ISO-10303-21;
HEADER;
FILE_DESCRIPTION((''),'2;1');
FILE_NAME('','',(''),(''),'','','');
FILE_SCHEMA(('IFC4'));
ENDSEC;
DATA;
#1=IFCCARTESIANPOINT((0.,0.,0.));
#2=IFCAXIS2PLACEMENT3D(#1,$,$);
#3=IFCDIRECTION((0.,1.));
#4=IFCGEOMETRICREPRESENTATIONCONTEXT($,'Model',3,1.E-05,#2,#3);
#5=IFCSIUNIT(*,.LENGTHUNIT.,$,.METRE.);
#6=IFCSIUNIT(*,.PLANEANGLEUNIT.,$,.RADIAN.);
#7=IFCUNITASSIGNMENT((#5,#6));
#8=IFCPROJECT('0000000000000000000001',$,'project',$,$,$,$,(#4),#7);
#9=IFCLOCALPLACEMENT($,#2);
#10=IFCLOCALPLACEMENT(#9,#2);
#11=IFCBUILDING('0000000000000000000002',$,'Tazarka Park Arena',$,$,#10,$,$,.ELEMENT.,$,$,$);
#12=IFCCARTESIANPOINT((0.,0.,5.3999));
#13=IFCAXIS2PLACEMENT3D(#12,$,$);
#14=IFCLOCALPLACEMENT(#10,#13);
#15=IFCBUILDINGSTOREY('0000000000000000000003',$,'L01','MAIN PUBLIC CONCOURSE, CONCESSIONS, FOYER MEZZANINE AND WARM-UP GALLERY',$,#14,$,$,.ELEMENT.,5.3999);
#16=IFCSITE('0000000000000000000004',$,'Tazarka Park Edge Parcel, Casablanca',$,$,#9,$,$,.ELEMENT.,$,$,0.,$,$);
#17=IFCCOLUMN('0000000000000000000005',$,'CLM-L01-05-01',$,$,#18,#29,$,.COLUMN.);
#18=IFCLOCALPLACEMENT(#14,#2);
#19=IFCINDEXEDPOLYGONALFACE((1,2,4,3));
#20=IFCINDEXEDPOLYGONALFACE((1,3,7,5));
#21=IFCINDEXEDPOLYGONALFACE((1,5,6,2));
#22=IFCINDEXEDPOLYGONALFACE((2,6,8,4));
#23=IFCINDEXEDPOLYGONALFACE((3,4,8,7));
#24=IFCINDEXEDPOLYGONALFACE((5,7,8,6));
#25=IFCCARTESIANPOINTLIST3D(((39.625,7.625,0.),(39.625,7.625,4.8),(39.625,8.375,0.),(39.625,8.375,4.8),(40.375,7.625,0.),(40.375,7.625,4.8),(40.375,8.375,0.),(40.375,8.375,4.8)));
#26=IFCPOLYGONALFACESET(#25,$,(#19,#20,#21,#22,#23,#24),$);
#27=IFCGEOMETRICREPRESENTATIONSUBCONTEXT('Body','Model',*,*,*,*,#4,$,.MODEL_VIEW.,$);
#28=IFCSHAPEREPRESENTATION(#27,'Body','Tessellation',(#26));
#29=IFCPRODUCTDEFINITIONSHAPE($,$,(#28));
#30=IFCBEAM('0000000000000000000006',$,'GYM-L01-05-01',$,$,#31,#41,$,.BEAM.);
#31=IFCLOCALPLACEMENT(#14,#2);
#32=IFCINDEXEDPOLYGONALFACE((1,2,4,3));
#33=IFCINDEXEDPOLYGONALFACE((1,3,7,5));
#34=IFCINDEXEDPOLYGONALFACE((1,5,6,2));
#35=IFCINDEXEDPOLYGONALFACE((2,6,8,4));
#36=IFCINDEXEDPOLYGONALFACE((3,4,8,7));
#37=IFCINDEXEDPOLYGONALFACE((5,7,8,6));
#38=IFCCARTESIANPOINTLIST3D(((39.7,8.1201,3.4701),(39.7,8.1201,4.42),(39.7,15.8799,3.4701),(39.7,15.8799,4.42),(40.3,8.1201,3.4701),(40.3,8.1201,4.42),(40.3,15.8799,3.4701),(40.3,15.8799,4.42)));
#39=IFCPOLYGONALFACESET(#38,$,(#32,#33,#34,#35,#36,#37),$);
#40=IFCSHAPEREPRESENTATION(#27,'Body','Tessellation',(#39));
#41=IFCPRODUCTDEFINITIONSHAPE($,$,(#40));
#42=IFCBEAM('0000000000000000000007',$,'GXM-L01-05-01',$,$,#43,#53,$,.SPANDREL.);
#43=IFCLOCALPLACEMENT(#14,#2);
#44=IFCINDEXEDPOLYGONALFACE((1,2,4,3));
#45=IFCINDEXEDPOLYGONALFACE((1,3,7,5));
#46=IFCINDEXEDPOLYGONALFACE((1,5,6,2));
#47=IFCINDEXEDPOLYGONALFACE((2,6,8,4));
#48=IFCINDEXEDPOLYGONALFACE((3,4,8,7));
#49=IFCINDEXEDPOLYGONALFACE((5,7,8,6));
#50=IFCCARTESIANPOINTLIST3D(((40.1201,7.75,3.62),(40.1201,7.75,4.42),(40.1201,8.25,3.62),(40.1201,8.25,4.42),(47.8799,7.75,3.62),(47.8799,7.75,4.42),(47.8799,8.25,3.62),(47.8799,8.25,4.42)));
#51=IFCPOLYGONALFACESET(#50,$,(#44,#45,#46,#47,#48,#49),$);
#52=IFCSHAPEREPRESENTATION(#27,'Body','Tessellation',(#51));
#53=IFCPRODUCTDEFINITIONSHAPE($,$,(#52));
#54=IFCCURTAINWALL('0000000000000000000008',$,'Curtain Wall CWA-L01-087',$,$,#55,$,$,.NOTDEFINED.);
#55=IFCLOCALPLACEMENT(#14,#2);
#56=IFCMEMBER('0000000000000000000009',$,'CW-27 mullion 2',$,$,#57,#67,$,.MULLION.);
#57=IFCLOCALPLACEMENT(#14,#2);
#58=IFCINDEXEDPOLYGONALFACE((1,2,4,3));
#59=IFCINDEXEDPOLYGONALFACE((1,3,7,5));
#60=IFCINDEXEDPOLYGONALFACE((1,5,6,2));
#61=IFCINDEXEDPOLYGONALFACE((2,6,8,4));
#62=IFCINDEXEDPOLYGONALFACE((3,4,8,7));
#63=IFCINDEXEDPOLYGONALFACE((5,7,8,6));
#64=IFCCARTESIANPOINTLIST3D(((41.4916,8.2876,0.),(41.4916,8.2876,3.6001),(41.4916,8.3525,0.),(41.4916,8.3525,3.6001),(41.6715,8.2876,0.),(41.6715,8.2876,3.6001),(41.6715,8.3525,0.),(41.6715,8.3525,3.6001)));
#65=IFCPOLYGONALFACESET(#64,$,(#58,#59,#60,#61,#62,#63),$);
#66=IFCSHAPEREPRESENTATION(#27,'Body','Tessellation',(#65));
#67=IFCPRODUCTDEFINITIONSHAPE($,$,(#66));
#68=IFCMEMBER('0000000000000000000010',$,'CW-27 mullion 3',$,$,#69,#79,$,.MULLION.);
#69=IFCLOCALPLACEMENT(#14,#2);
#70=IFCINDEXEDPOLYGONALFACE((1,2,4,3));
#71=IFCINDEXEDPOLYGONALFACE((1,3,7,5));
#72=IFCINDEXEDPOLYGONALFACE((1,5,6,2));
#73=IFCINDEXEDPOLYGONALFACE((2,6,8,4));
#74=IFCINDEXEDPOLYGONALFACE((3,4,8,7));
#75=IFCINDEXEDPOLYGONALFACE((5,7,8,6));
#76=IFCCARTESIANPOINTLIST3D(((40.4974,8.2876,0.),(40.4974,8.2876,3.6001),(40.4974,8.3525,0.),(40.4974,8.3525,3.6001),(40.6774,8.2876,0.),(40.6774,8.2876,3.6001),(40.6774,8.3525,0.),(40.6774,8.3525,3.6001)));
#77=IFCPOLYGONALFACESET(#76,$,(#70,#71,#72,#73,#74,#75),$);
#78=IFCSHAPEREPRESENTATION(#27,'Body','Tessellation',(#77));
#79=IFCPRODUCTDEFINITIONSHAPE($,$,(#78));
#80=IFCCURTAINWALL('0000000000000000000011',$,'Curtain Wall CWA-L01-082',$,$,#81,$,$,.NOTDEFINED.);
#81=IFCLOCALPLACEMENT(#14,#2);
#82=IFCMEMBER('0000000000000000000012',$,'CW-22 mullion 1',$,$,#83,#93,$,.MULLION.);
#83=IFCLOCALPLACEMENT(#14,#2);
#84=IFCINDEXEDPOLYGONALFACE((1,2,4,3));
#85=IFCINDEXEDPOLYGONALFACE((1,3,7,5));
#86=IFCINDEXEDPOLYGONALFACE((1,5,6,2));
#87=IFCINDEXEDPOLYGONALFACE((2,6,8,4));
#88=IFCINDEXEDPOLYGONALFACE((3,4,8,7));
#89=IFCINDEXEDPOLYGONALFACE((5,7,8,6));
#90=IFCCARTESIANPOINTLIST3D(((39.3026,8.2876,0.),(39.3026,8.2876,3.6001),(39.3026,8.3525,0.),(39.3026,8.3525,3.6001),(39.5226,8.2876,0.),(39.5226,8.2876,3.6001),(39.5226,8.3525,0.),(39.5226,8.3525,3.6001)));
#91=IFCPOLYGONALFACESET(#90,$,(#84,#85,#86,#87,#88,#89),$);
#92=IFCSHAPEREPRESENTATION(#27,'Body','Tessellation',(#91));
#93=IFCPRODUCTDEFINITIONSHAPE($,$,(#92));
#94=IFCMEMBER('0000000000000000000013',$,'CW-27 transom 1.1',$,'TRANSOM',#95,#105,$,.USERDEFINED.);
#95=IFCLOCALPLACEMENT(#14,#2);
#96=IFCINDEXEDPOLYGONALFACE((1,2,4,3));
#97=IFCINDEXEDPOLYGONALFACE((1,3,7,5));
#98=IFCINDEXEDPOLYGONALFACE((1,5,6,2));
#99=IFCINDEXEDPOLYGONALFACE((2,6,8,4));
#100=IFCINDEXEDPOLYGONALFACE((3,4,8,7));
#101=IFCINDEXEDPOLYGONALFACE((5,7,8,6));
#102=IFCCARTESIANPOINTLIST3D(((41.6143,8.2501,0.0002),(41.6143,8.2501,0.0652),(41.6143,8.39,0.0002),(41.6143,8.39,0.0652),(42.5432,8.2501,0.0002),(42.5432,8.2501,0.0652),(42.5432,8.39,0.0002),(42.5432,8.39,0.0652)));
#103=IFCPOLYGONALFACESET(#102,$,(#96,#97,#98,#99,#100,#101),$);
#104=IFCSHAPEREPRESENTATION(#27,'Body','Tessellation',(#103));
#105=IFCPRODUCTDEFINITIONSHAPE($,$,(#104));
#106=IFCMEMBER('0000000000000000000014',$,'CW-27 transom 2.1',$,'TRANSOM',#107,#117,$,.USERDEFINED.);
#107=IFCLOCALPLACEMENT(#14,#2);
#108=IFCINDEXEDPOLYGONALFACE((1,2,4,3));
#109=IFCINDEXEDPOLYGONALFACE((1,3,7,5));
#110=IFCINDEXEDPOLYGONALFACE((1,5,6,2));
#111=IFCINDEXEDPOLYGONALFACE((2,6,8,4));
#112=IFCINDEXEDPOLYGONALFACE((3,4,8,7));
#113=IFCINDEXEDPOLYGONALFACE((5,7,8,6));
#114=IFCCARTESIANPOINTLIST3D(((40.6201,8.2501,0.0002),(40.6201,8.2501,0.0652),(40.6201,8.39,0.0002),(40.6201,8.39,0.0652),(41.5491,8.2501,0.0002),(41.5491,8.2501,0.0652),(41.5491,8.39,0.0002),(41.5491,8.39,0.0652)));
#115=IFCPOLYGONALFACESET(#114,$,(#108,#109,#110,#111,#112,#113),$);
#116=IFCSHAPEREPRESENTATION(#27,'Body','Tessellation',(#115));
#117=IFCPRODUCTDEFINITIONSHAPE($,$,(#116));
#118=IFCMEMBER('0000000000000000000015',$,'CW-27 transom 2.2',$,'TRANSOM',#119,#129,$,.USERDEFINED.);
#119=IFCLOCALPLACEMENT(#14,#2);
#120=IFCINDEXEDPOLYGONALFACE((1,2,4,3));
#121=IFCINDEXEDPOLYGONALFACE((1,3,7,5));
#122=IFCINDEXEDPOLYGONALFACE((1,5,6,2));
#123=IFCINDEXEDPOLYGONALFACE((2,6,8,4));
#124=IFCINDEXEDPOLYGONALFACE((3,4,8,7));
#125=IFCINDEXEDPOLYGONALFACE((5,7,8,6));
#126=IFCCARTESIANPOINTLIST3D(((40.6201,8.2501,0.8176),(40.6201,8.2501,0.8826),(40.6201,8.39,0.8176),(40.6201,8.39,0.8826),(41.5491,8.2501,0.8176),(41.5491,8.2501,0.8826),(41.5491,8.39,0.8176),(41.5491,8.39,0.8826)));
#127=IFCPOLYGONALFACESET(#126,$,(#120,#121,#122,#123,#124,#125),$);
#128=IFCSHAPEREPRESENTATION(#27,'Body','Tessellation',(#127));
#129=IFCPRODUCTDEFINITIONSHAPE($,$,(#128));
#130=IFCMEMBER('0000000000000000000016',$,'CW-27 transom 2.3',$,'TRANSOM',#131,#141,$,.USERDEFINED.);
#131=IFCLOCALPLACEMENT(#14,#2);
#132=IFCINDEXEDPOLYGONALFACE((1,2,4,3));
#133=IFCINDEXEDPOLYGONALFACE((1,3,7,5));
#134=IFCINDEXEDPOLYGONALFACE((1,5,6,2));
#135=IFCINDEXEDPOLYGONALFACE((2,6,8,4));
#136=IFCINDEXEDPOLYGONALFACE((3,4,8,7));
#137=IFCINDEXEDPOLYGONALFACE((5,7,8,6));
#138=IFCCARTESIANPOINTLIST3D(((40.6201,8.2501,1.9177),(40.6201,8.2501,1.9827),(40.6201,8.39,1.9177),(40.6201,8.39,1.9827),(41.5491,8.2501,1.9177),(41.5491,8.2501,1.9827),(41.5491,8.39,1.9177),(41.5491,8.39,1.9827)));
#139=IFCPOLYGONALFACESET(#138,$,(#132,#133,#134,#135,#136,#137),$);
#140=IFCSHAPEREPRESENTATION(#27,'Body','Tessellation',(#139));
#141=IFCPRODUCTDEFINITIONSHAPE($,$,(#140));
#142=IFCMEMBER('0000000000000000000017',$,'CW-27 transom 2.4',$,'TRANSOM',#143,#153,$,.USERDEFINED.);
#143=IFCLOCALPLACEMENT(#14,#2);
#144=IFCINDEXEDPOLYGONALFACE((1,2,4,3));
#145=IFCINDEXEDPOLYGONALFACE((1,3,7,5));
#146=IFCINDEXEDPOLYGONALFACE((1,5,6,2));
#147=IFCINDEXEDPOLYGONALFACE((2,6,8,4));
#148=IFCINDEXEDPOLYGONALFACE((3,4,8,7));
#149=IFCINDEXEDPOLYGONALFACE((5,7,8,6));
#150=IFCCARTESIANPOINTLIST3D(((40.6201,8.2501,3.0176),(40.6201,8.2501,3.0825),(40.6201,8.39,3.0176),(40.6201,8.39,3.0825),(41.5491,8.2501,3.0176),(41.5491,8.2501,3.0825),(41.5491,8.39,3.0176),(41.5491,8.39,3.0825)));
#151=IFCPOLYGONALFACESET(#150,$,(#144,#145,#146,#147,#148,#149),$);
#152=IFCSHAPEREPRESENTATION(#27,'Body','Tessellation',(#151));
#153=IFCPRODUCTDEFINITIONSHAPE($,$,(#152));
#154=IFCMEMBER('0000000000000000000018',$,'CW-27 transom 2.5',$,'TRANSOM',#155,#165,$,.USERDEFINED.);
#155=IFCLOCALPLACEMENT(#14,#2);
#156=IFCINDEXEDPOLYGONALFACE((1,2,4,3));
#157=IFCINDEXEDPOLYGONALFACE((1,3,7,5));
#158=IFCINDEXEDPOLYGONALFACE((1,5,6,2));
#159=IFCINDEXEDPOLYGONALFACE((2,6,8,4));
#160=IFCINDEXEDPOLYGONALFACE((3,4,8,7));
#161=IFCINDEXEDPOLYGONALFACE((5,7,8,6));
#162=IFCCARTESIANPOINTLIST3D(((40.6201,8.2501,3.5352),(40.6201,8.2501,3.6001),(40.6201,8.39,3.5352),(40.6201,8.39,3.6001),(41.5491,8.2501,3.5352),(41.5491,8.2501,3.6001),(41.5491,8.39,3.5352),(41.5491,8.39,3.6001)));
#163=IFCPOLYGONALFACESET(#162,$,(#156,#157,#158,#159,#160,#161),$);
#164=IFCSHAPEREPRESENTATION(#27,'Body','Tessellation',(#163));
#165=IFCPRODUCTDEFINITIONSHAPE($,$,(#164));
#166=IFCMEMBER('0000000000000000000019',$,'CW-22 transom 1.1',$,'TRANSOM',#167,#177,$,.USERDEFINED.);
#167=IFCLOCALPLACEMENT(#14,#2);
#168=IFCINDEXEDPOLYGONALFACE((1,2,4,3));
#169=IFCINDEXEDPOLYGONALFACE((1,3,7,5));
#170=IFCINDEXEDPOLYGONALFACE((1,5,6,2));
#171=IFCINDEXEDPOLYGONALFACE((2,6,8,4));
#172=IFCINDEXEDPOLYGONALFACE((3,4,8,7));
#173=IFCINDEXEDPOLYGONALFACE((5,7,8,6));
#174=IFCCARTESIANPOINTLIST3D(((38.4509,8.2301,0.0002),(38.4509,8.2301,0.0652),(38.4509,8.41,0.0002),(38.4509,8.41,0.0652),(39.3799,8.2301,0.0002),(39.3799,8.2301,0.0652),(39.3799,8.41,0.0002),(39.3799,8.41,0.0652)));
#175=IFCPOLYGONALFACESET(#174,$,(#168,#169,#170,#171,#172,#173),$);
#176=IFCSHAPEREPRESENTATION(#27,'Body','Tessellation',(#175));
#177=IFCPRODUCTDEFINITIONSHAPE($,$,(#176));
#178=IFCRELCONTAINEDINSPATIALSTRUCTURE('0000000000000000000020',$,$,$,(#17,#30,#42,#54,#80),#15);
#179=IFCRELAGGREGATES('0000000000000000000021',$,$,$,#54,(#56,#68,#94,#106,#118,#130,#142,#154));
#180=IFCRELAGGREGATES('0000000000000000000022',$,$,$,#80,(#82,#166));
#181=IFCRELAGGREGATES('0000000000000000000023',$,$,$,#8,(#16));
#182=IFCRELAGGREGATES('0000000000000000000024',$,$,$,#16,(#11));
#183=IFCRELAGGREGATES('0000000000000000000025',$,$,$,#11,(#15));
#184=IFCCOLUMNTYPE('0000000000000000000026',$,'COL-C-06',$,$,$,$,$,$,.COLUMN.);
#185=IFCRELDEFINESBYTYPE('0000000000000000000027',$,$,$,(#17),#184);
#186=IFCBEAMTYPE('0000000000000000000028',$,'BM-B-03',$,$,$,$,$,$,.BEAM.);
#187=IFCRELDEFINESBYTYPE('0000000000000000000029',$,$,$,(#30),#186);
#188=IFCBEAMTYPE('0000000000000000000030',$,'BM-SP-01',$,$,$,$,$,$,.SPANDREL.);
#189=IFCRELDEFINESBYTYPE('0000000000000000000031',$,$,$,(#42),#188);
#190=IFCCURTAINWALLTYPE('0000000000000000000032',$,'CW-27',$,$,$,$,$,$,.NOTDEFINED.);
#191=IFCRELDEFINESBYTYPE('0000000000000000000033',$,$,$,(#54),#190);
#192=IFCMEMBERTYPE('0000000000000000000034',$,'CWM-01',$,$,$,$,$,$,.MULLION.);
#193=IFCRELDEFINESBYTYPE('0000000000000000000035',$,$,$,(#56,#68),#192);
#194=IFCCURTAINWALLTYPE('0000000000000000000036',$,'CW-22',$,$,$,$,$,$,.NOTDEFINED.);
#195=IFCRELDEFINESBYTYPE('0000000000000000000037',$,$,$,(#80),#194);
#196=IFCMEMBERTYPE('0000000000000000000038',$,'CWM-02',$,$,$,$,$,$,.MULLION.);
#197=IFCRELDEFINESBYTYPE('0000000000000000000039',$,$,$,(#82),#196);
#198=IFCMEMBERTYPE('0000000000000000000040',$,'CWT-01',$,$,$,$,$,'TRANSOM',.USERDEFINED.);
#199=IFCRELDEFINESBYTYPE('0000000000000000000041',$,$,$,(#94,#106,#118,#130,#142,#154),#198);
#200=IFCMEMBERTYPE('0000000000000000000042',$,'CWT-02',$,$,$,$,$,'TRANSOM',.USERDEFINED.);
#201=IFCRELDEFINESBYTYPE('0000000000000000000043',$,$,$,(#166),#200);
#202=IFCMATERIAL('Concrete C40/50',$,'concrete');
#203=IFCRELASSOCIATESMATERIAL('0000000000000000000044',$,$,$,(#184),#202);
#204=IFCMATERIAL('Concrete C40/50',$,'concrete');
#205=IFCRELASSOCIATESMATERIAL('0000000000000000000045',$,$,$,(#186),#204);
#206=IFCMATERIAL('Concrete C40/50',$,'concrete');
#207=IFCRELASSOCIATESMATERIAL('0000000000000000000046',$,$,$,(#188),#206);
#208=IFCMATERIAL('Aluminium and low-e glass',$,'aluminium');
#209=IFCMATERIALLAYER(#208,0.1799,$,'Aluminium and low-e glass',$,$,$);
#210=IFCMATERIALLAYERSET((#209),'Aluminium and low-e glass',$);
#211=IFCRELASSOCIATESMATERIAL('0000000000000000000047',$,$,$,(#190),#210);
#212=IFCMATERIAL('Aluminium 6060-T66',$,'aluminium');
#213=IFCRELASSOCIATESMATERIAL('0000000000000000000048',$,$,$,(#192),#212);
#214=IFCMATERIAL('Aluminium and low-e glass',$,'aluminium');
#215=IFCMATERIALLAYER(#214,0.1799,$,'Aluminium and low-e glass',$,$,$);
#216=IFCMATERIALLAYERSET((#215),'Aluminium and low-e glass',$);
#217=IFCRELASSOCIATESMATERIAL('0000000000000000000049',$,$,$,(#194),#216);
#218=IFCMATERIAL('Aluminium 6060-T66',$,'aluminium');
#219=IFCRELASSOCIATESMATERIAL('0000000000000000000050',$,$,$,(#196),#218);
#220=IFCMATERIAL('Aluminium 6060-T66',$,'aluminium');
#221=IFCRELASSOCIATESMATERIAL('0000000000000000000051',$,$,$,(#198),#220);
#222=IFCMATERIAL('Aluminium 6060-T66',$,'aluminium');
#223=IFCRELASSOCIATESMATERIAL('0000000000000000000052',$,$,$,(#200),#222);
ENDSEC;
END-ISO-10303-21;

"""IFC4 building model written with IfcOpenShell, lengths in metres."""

from ifc_helpers import new_model, si_unit, direction, frame, origin, origin_2d, place, context, subcontext, project, spatial, rectangle, extrude, material, layer, layer_set, material_profile, profile_set, type_object, element, aggregate, save


model = new_model("IFC4")

# Units and contexts
model_context = context("Model", 3, precision=1e-05, world=origin(), true_north=direction((0.0, 1.0)))
body_context = subcontext(model_context, "Body", "Model", "MODEL_VIEW")
ifc_project = project(units=[si_unit("LENGTHUNIT", "METRE"), si_unit("PLANEANGLEUNIT", "RADIAN")], contexts=[model_context])

# Site, building, storey
site_placement = place(None, origin())
site = spatial("IfcSite", under=ifc_project, at=site_placement, Name="Tazarka Park Edge Parcel, Casablanca", CompositionType="ELEMENT", RefElevation=0.0)
building_placement = place(site_placement, origin())
building = spatial("IfcBuilding", under=site, at=building_placement, Name="Tazarka Park Arena", CompositionType="ELEMENT")
storey_placement = place(building_placement, frame((0.0, 0.0, 5.3999)))
storey = spatial("IfcBuildingStorey", under=building, at=storey_placement, Name="L01", Description="MAIN PUBLIC CONCOURSE, CONCESSIONS, FOYER MEZZANINE AND WARM-UP GALLERY", CompositionType="ELEMENT", Elevation=5.3999)

# Column
ifc_material_1 = material(Name="Concrete C40/50", Category="concrete")
ifc_material_profile_1 = material_profile(ifc_material_1, rectangle(XDim=0.75, YDim=0.75, at=origin_2d()), Name="Concrete C40/50")
ifc_profile_set_1 = profile_set([ifc_material_profile_1], Name="Concrete C40/50")
column_type = type_object("IfcColumnType", Name="COL-C-06", PredefinedType="COLUMN", material=ifc_profile_set_1)
column_placement = place(storey_placement, frame((40.0, 8.0, 0.0), z_axis=(0.0, 0.0, 1.0), x_axis=(1.0, 0.0, 0.0)))
element("IfcColumn", 1, at=column_placement, inside=storey, type_object=column_type, Name="CLM-L01-05-01", PredefinedType="COLUMN", context=body_context, shape_type="SweptSolid", body=[
    extrude(rectangle(XDim=0.75, YDim=0.75, at=origin_2d()), origin(), (0.0, 0.0, 1.0), 4.8),
])

# Beams
ifc_material_2 = material(Name="Concrete C40/50", Category="concrete")
ifc_material_profile_2 = material_profile(ifc_material_2, rectangle(XDim=0.6001, YDim=0.95, at=origin_2d()), Name="Concrete C40/50")
ifc_profile_set_2 = profile_set([ifc_material_profile_2], Name="Concrete C40/50")
beam_type_1 = type_object("IfcBeamType", Name="BM-B-03", PredefinedType="BEAM", material=ifc_profile_set_2)
beam_1_placement = place(storey_placement, frame((40.0, 8.1201, 3.9451), z_axis=(0.0, 1.0, 0.0), x_axis=(-1.0, 0.0, 0.0)))
element("IfcBeam", 2, at=beam_1_placement, inside=storey, type_object=beam_type_1, Name="GYM-L01-05-01", PredefinedType="BEAM", context=body_context, shape_type="SweptSolid", body=[
    extrude(rectangle(XDim=0.6001, YDim=0.95, at=origin_2d()), origin(), (0.0, 0.0, 1.0), 7.7598),
])
ifc_material_3 = material(Name="Concrete C40/50", Category="concrete")
ifc_material_profile_3 = material_profile(ifc_material_3, rectangle(XDim=0.5, YDim=0.8, at=origin_2d()), Name="Concrete C40/50")
ifc_profile_set_3 = profile_set([ifc_material_profile_3], Name="Concrete C40/50")
beam_type_2 = type_object("IfcBeamType", Name="BM-SP-01", PredefinedType="SPANDREL", material=ifc_profile_set_3)
beam_2_placement = place(storey_placement, frame((40.1201, 8.0, 4.02), z_axis=(1.0, 0.0, 0.0), x_axis=(0.0, 1.0, 0.0)))
element("IfcBeam", 3, at=beam_2_placement, inside=storey, type_object=beam_type_2, Name="GXM-L01-05-01", PredefinedType="SPANDREL", context=body_context, shape_type="SweptSolid", body=[
    extrude(rectangle(XDim=0.5, YDim=0.8, at=origin_2d()), origin(), (0.0, 0.0, 1.0), 7.7598),
])

# Curtain wall, members
ifc_material_4 = material(Name="Aluminium and low-e glass", Category="aluminium")
ifc_layer_1 = layer(ifc_material_4, 0.1799, Name="Aluminium and low-e glass")
ifc_layer_set_1 = layer_set([ifc_layer_1], Name="Aluminium and low-e glass")
curtain_wall_type_1 = type_object("IfcCurtainWallType", Name="CW-27", PredefinedType="NOTDEFINED", material=ifc_layer_set_1)
curtain_wall_1_placement = place(storey_placement, origin())
curtain_wall_1 = element("IfcCurtainWall", 4, at=curtain_wall_1_placement, inside=storey, type_object=curtain_wall_type_1, Name="Curtain Wall CWA-L01-087", PredefinedType="NOTDEFINED")
ifc_material_5 = material(Name="Aluminium 6060-T66", Category="aluminium")
ifc_material_profile_4 = material_profile(ifc_material_5, rectangle(XDim=0.0649, YDim=0.1799, at=origin_2d()), Name="Aluminium 6060-T66")
ifc_profile_set_4 = profile_set([ifc_material_profile_4], Name="Aluminium 6060-T66")
member_type_1 = type_object("IfcMemberType", Name="CWM-01", PredefinedType="MULLION", material=ifc_profile_set_4)
member_1_placement = place(storey_placement, frame((41.5815, 8.3201, 0.0), z_axis=(0.0, 0.0, 1.0), x_axis=(0.0, -1.0, 0.0)))
member_1 = element("IfcMember", 5, at=member_1_placement, type_object=member_type_1, Name="CW-27 mullion 2", PredefinedType="MULLION", context=body_context, shape_type="SweptSolid", body=[
    extrude(rectangle(XDim=0.0649, YDim=0.1799, at=origin_2d()), origin(), (0.0, 0.0, 1.0), 3.6001),
])
member_2_placement = place(storey_placement, frame((40.5874, 8.3201, 0.0), z_axis=(0.0, 0.0, 1.0), x_axis=(0.0, -1.0, 0.0)))
member_2 = element("IfcMember", 6, at=member_2_placement, type_object=member_type_1, Name="CW-27 mullion 3", PredefinedType="MULLION", context=body_context, shape_type="SweptSolid", body=[
    extrude(rectangle(XDim=0.0649, YDim=0.1799, at=origin_2d()), origin(), (0.0, 0.0, 1.0), 3.6001),
])

# Curtain wall, member
ifc_material_6 = material(Name="Aluminium and low-e glass", Category="aluminium")
ifc_layer_2 = layer(ifc_material_6, 0.1799, Name="Aluminium and low-e glass")
ifc_layer_set_2 = layer_set([ifc_layer_2], Name="Aluminium and low-e glass")
curtain_wall_type_2 = type_object("IfcCurtainWallType", Name="CW-22", PredefinedType="NOTDEFINED", material=ifc_layer_set_2)
curtain_wall_2_placement = place(storey_placement, origin())
curtain_wall_2 = element("IfcCurtainWall", 7, at=curtain_wall_2_placement, inside=storey, type_object=curtain_wall_type_2, Name="Curtain Wall CWA-L01-082", PredefinedType="NOTDEFINED")
ifc_material_7 = material(Name="Aluminium 6060-T66", Category="aluminium")
ifc_material_profile_5 = material_profile(ifc_material_7, rectangle(XDim=0.0649, YDim=0.22, at=origin_2d()), Name="Aluminium 6060-T66")
ifc_profile_set_5 = profile_set([ifc_material_profile_5], Name="Aluminium 6060-T66")
member_type_2 = type_object("IfcMemberType", Name="CWM-02", PredefinedType="MULLION", material=ifc_profile_set_5)
member_3_placement = place(storey_placement, frame((39.4126, 8.3201, 0.0), z_axis=(0.0, 0.0, 1.0), x_axis=(0.0, -1.0, 0.0)))
member_3 = element("IfcMember", 8, at=member_3_placement, type_object=member_type_2, Name="CW-22 mullion 1", PredefinedType="MULLION", context=body_context, shape_type="SweptSolid", body=[
    extrude(rectangle(XDim=0.0649, YDim=0.22, at=origin_2d()), origin(), (0.0, 0.0, 1.0), 3.6001),
])

# Members
ifc_material_8 = material(Name="Aluminium 6060-T66", Category="aluminium")
ifc_material_profile_6 = material_profile(ifc_material_8, rectangle(XDim=0.1399, YDim=0.0649, at=origin_2d()), Name="Aluminium 6060-T66")
ifc_profile_set_6 = profile_set([ifc_material_profile_6], Name="Aluminium 6060-T66")
member_type_3 = type_object("IfcMemberType", Name="CWT-01", ElementType="TRANSOM", PredefinedType="USERDEFINED", material=ifc_profile_set_6)
member_4_placement = place(storey_placement, frame((42.5432, 8.3201, 0.0327), z_axis=(-1.0, 0.0, 0.0), x_axis=(0.0, -1.0, 0.0)))
member_4 = element("IfcMember", 9, at=member_4_placement, type_object=member_type_3, Name="CW-27 transom 1.1", ObjectType="TRANSOM", PredefinedType="USERDEFINED", context=body_context, shape_type="SweptSolid", body=[
    extrude(rectangle(XDim=0.1399, YDim=0.0649, at=origin_2d()), origin(), (0.0, 0.0, 1.0), 0.929),
])
member_5_placement = place(storey_placement, frame((41.5491, 8.3201, 0.0327), z_axis=(-1.0, 0.0, 0.0), x_axis=(0.0, -1.0, 0.0)))
member_5 = element("IfcMember", 10, at=member_5_placement, type_object=member_type_3, Name="CW-27 transom 2.1", ObjectType="TRANSOM", PredefinedType="USERDEFINED", context=body_context, shape_type="SweptSolid", body=[
    extrude(rectangle(XDim=0.1399, YDim=0.0649, at=origin_2d()), origin(), (0.0, 0.0, 1.0), 0.929),
])
member_6_placement = place(storey_placement, frame((41.5491, 8.3201, 0.8501), z_axis=(-1.0, 0.0, 0.0), x_axis=(0.0, -1.0, 0.0)))
member_6 = element("IfcMember", 11, at=member_6_placement, type_object=member_type_3, Name="CW-27 transom 2.2", ObjectType="TRANSOM", PredefinedType="USERDEFINED", context=body_context, shape_type="SweptSolid", body=[
    extrude(rectangle(XDim=0.1399, YDim=0.0649, at=origin_2d()), origin(), (0.0, 0.0, 1.0), 0.929),
])
member_7_placement = place(storey_placement, frame((41.5491, 8.3201, 1.9502), z_axis=(-1.0, 0.0, 0.0), x_axis=(0.0, -1.0, 0.0)))
member_7 = element("IfcMember", 12, at=member_7_placement, type_object=member_type_3, Name="CW-27 transom 2.3", ObjectType="TRANSOM", PredefinedType="USERDEFINED", context=body_context, shape_type="SweptSolid", body=[
    extrude(rectangle(XDim=0.1399, YDim=0.0649, at=origin_2d()), origin(), (0.0, 0.0, 1.0), 0.929),
])
member_8_placement = place(storey_placement, frame((41.5491, 8.3201, 3.05), z_axis=(-1.0, 0.0, 0.0), x_axis=(0.0, -1.0, 0.0)))
member_8 = element("IfcMember", 13, at=member_8_placement, type_object=member_type_3, Name="CW-27 transom 2.4", ObjectType="TRANSOM", PredefinedType="USERDEFINED", context=body_context, shape_type="SweptSolid", body=[
    extrude(rectangle(XDim=0.1399, YDim=0.0649, at=origin_2d()), origin(), (0.0, 0.0, 1.0), 0.929),
])
member_9_placement = place(storey_placement, frame((41.5491, 8.3201, 3.5676), z_axis=(-1.0, 0.0, 0.0), x_axis=(0.0, -1.0, 0.0)))
member_9 = element("IfcMember", 14, at=member_9_placement, type_object=member_type_3, Name="CW-27 transom 2.5", ObjectType="TRANSOM", PredefinedType="USERDEFINED", context=body_context, shape_type="SweptSolid", body=[
    extrude(rectangle(XDim=0.1399, YDim=0.0649, at=origin_2d()), origin(), (0.0, 0.0, 1.0), 0.929),
])
ifc_material_9 = material(Name="Aluminium 6060-T66", Category="aluminium")
ifc_material_profile_7 = material_profile(ifc_material_9, rectangle(XDim=0.1799, YDim=0.0649, at=origin_2d()), Name="Aluminium 6060-T66")
ifc_profile_set_7 = profile_set([ifc_material_profile_7], Name="Aluminium 6060-T66")
member_type_4 = type_object("IfcMemberType", Name="CWT-02", ElementType="TRANSOM", PredefinedType="USERDEFINED", material=ifc_profile_set_7)
member_10_placement = place(storey_placement, frame((39.3799, 8.3201, 0.0327), z_axis=(-1.0, 0.0, 0.0), x_axis=(0.0, -1.0, 0.0)))
member_10 = element("IfcMember", 15, at=member_10_placement, type_object=member_type_4, Name="CW-22 transom 1.1", ObjectType="TRANSOM", PredefinedType="USERDEFINED", context=body_context, shape_type="SweptSolid", body=[
    extrude(rectangle(XDim=0.1799, YDim=0.0649, at=origin_2d()), origin(), (0.0, 0.0, 1.0), 0.929),
])

aggregate(curtain_wall_1, [member_1, member_2, member_4, member_5, member_6, member_7, member_8, member_9])
aggregate(curtain_wall_2, [member_3, member_10])

save(model, "model.ifc")
